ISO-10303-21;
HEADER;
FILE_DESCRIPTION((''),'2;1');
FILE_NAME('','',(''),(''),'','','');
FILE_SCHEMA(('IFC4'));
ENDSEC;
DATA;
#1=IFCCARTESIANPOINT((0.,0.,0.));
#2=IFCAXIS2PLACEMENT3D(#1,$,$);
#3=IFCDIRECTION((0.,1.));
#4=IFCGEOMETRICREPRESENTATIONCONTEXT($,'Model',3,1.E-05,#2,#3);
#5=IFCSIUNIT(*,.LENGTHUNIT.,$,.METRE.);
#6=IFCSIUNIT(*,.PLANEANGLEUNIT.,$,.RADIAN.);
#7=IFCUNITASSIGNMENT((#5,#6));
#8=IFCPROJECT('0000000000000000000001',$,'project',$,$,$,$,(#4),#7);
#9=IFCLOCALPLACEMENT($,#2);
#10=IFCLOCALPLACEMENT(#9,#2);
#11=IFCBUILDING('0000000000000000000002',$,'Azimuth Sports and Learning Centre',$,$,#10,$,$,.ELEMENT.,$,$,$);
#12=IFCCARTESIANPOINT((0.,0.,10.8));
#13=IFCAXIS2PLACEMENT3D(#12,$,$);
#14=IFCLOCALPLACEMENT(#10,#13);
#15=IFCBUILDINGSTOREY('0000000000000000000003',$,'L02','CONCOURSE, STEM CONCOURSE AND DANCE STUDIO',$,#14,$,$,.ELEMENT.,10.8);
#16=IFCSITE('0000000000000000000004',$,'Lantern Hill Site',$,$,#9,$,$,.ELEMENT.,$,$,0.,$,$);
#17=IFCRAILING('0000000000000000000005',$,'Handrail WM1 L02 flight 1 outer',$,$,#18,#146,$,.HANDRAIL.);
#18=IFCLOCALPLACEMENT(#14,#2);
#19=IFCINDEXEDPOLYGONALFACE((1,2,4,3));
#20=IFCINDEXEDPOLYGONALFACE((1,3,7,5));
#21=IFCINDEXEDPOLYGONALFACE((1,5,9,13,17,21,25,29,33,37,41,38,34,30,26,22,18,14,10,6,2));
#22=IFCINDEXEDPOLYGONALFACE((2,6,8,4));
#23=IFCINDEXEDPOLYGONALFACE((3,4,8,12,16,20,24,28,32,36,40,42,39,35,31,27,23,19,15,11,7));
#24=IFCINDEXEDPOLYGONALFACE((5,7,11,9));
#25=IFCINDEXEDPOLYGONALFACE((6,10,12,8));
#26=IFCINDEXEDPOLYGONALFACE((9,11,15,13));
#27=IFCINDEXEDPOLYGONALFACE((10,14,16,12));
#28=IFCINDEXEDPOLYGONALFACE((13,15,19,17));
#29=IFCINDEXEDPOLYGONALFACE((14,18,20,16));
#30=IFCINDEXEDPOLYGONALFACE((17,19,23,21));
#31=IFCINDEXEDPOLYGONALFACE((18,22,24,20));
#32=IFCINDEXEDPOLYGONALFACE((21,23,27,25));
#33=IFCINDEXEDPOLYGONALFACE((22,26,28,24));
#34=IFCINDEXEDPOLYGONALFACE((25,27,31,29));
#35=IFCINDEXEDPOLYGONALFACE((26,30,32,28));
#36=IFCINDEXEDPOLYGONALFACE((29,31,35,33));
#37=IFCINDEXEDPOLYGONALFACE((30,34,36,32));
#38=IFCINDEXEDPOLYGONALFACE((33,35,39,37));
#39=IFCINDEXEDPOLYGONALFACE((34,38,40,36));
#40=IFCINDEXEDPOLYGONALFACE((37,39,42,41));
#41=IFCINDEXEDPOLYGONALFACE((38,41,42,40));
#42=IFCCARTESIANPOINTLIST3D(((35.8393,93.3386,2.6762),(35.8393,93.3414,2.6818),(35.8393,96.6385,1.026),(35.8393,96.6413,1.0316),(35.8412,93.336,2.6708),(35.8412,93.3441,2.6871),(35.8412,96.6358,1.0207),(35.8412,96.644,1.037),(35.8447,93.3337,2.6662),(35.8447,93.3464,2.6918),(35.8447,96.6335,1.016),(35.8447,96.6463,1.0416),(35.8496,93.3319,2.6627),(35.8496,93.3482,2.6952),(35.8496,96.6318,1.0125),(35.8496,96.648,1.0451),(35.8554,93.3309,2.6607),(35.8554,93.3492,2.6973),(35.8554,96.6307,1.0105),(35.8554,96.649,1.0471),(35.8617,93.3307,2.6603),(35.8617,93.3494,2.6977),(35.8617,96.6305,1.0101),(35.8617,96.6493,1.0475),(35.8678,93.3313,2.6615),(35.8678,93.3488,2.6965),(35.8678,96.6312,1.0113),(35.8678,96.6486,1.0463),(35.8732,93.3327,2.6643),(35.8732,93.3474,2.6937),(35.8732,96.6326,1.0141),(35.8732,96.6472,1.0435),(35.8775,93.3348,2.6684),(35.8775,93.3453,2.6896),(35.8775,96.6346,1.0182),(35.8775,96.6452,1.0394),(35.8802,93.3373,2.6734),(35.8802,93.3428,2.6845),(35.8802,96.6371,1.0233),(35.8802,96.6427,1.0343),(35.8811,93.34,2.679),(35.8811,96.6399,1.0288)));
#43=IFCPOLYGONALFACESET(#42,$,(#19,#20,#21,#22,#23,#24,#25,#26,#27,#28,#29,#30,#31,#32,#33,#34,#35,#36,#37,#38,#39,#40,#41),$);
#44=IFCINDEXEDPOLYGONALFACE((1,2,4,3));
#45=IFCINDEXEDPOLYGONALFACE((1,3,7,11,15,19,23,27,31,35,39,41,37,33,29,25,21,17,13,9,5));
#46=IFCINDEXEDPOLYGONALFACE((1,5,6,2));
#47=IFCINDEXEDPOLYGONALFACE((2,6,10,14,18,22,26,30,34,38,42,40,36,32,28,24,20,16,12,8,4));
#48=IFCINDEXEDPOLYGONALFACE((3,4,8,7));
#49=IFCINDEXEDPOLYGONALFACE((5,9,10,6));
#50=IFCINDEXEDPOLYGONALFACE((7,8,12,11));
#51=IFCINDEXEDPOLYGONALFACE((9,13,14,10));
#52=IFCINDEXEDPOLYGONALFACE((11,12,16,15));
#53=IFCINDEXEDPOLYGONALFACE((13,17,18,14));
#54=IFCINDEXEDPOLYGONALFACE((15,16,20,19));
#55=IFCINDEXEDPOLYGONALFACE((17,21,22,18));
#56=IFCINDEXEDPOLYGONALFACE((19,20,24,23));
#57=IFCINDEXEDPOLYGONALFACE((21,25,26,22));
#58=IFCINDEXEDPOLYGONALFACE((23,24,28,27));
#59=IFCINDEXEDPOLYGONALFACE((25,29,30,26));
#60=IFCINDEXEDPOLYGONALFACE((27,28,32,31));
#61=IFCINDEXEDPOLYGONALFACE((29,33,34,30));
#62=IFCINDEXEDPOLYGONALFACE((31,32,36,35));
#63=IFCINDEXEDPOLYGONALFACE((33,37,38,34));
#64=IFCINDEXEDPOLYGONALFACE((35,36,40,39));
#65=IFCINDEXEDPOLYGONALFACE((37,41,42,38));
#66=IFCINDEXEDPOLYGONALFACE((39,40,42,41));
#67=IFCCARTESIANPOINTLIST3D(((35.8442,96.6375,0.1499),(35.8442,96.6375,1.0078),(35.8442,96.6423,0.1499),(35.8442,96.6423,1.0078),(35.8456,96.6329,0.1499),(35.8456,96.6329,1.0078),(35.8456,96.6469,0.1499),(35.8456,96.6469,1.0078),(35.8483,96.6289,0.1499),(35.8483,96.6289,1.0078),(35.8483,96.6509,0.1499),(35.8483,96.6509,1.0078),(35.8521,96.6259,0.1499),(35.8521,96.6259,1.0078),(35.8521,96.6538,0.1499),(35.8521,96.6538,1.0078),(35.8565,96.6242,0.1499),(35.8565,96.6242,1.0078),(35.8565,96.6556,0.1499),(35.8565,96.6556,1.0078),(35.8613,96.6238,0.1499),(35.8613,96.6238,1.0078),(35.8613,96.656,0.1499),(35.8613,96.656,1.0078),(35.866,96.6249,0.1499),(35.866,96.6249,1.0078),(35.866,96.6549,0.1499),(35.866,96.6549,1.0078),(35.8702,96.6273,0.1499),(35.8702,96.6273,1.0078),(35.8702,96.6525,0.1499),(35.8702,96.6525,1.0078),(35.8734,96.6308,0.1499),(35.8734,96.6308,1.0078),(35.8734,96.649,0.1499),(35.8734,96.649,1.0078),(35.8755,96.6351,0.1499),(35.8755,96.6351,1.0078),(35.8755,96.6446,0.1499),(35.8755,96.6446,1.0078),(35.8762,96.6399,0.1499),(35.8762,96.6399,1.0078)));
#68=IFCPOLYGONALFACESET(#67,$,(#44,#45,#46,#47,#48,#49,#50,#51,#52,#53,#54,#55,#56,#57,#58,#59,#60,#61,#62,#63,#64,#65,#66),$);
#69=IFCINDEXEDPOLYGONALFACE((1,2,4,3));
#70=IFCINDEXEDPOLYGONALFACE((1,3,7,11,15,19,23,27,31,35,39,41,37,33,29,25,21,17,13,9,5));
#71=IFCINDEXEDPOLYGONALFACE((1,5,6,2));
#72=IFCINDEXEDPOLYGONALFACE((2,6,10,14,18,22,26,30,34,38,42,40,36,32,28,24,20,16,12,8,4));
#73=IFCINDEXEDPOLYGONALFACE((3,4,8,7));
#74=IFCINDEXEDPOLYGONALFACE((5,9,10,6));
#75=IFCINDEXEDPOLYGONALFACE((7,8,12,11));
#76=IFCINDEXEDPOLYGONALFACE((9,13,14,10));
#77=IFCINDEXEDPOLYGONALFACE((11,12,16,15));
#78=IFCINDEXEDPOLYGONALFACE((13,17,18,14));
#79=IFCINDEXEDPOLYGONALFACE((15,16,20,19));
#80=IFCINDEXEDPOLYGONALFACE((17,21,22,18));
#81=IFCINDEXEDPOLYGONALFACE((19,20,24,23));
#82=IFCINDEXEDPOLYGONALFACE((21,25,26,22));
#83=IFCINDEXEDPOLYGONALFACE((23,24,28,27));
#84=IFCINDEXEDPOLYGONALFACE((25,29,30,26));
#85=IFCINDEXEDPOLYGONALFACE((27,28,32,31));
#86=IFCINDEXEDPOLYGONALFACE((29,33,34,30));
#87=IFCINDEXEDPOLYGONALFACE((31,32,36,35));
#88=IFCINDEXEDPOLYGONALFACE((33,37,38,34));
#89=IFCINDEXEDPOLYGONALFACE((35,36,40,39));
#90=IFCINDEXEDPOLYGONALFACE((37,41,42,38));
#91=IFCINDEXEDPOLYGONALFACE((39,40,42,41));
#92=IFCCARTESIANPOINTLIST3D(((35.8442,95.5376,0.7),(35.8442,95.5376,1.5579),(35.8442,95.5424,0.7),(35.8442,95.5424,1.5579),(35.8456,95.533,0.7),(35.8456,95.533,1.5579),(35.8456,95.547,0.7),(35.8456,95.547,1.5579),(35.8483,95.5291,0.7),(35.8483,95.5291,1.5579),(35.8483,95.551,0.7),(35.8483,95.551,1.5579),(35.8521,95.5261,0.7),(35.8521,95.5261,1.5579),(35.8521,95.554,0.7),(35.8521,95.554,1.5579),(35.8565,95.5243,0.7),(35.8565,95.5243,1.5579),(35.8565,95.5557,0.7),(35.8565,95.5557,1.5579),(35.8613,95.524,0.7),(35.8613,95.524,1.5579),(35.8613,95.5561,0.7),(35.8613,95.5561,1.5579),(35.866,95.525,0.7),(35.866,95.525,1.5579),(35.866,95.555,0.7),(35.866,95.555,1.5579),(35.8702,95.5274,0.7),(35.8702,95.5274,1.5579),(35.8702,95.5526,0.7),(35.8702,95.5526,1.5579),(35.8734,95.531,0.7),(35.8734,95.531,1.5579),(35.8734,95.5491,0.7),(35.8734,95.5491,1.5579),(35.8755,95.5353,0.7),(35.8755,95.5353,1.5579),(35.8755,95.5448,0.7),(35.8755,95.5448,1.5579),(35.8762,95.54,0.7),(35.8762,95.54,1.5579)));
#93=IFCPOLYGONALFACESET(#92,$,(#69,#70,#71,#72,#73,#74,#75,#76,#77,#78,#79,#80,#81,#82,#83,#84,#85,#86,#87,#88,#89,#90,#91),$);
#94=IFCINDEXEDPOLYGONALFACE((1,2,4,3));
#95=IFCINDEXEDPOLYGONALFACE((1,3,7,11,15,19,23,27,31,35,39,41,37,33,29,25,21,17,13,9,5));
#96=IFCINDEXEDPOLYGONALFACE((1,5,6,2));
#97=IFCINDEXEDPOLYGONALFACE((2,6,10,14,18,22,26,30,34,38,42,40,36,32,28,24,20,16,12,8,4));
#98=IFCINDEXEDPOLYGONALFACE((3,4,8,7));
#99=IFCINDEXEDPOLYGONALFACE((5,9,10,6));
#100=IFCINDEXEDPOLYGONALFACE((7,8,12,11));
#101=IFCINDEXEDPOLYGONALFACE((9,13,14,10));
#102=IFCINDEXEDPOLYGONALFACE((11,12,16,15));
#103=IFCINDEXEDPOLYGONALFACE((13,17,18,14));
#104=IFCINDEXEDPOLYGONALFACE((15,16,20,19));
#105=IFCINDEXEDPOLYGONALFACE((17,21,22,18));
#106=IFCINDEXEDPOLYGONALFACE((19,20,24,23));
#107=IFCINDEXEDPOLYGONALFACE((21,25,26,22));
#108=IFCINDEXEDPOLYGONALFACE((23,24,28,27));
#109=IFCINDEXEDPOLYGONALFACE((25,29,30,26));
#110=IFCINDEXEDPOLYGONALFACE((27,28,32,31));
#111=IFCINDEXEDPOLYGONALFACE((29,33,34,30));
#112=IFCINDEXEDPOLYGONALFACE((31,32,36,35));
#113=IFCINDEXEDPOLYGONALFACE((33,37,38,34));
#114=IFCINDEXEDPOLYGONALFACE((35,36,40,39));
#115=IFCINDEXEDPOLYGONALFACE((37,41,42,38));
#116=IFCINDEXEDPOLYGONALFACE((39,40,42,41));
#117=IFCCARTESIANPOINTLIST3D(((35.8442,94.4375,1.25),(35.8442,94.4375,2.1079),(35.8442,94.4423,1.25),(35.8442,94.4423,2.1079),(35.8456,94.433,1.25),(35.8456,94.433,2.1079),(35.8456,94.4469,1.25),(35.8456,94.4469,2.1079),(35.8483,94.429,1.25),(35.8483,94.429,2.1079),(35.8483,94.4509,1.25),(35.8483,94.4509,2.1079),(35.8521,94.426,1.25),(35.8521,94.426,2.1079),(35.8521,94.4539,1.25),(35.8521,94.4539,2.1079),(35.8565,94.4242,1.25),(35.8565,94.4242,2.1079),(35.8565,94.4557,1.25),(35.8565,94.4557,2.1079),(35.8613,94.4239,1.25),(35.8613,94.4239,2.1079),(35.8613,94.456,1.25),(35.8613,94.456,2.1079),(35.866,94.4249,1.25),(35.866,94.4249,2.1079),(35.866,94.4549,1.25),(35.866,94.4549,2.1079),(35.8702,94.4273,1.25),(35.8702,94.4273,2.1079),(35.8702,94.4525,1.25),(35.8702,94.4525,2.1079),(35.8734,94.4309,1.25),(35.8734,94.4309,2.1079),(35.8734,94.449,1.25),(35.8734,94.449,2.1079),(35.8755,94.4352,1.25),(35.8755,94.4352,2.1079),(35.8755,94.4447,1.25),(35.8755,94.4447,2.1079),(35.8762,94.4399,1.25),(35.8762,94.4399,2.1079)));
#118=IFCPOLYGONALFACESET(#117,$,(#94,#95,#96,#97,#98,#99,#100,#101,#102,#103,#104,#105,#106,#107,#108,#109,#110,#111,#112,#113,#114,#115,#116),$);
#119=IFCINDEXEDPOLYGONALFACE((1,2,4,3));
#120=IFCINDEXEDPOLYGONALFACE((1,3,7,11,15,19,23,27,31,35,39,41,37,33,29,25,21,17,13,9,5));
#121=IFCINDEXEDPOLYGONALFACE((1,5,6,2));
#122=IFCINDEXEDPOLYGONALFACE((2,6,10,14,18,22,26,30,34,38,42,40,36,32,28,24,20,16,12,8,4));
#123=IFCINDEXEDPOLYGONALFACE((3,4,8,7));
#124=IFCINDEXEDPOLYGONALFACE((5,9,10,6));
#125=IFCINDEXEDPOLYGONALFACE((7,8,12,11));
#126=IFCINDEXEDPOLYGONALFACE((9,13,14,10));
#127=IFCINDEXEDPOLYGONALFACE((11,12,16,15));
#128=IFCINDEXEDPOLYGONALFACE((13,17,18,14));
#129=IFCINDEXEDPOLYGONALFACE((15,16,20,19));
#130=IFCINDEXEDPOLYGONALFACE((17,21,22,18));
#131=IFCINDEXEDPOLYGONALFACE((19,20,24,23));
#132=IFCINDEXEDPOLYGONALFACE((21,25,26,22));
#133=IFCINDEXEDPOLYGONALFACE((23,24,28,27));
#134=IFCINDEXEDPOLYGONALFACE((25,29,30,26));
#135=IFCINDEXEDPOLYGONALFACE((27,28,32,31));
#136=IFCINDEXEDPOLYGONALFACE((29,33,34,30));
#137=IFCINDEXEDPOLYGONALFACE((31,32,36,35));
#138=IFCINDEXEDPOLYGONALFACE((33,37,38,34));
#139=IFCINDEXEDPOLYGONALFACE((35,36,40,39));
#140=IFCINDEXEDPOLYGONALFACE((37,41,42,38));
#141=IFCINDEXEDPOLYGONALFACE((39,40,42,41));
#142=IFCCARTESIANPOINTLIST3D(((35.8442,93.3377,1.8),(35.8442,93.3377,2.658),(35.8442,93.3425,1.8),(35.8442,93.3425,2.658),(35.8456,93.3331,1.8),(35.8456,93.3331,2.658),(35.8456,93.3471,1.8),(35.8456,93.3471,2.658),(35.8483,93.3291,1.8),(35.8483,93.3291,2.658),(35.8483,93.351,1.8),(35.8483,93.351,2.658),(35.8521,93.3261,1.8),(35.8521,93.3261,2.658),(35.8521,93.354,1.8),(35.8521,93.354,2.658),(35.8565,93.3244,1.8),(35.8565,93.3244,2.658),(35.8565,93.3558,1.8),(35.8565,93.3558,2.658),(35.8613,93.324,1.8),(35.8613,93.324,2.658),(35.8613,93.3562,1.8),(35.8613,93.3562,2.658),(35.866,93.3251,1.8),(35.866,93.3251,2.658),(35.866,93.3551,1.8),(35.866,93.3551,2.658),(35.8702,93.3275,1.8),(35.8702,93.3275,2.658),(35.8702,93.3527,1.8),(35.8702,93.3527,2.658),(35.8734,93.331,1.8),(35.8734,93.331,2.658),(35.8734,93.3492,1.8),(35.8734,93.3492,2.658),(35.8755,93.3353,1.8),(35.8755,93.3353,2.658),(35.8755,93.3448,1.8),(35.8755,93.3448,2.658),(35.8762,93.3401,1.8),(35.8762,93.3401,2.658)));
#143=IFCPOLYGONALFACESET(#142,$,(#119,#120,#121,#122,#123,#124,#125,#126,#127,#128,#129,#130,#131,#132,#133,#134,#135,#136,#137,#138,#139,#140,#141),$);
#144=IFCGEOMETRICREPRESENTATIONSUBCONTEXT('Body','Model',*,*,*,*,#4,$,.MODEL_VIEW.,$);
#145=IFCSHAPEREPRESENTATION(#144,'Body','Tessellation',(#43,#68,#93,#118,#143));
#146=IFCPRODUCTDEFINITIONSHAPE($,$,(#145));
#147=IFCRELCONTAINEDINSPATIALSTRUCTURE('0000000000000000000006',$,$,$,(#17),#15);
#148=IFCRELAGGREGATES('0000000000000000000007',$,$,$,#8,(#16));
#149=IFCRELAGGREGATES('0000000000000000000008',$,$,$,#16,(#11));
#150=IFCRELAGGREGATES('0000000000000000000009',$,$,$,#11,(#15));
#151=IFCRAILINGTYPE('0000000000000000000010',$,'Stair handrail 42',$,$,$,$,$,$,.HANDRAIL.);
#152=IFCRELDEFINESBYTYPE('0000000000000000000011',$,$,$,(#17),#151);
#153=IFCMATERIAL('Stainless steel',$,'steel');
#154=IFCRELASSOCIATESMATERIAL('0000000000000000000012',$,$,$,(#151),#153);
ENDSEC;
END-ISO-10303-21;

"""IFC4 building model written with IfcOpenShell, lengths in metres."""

from ifc_helpers import new_model, si_unit, direction, frame, origin, origin_2d, place, context, subcontext, project, spatial, circle, extrude, material, type_object, element, save


model = new_model("IFC4")

# Units and contexts
model_context = context("Model", 3, precision=1e-05, world=origin(), true_north=direction((0.0, 1.0)))
body_context = subcontext(model_context, "Body", "Model", "MODEL_VIEW")
ifc_project = project(units=[si_unit("LENGTHUNIT", "METRE"), si_unit("PLANEANGLEUNIT", "RADIAN")], contexts=[model_context])

# Site, building, storey
site_placement = place(None, origin())
site = spatial("IfcSite", under=ifc_project, at=site_placement, Name="Lantern Hill Site", CompositionType="ELEMENT", RefElevation=0.0)
building_placement = place(site_placement, origin())
building = spatial("IfcBuilding", under=site, at=building_placement, Name="Azimuth Sports and Learning Centre", CompositionType="ELEMENT")
storey_placement = place(building_placement, frame((0.0, 0.0, 10.8)))
storey = spatial("IfcBuildingStorey", under=building, at=storey_placement, Name="L02", Description="CONCOURSE, STEM CONCOURSE AND DANCE STUDIO", CompositionType="ELEMENT", Elevation=10.8)

# Railing
ifc_material_1 = material(Name="Stainless steel", Category="steel")
railing_type_1 = type_object("IfcRailingType", Name="Stair handrail 42", PredefinedType="HANDRAIL", material=ifc_material_1)
for number, where, name in (
    (1, (35.8601, 96.6399, 0.1499), "Handrail WM1 L02 flight 1 outer"),
):
    element("IfcRailing", number, at=place(storey_placement, frame(where)), inside=storey, type_object=railing_type_1, Name=name, PredefinedType="HANDRAIL", context=body_context, shape_type="SweptSolid", body=[
        extrude(circle(Radius=0.021, at=origin_2d()), frame((0.0, 0.0, 0.8789), z_axis=(0.0, -0.894401, 0.447267), x_axis=(1.0, 0.0, 0.0)), (0.0, 0.0, 1.0), 3.6895),
        extrude(circle(Radius=0.0161, at=origin_2d()), origin(), (0.0, 0.0, 1.0), 0.8579),
        extrude(circle(Radius=0.0161, at=origin_2d()), frame((0.0, -1.0999, 0.55)), (0.0, 0.0, 1.0), 0.8579),
        extrude(circle(Radius=0.0161, at=origin_2d()), frame((0.0, -2.2, 1.1001)), (0.0, 0.0, 1.0), 0.8579),
        extrude(circle(Radius=0.0161, at=origin_2d()), frame((0.0, -3.2998, 1.6501)), (0.0, 0.0, 1.0), 0.8579),
    ])

save(model, "model.ifc")
